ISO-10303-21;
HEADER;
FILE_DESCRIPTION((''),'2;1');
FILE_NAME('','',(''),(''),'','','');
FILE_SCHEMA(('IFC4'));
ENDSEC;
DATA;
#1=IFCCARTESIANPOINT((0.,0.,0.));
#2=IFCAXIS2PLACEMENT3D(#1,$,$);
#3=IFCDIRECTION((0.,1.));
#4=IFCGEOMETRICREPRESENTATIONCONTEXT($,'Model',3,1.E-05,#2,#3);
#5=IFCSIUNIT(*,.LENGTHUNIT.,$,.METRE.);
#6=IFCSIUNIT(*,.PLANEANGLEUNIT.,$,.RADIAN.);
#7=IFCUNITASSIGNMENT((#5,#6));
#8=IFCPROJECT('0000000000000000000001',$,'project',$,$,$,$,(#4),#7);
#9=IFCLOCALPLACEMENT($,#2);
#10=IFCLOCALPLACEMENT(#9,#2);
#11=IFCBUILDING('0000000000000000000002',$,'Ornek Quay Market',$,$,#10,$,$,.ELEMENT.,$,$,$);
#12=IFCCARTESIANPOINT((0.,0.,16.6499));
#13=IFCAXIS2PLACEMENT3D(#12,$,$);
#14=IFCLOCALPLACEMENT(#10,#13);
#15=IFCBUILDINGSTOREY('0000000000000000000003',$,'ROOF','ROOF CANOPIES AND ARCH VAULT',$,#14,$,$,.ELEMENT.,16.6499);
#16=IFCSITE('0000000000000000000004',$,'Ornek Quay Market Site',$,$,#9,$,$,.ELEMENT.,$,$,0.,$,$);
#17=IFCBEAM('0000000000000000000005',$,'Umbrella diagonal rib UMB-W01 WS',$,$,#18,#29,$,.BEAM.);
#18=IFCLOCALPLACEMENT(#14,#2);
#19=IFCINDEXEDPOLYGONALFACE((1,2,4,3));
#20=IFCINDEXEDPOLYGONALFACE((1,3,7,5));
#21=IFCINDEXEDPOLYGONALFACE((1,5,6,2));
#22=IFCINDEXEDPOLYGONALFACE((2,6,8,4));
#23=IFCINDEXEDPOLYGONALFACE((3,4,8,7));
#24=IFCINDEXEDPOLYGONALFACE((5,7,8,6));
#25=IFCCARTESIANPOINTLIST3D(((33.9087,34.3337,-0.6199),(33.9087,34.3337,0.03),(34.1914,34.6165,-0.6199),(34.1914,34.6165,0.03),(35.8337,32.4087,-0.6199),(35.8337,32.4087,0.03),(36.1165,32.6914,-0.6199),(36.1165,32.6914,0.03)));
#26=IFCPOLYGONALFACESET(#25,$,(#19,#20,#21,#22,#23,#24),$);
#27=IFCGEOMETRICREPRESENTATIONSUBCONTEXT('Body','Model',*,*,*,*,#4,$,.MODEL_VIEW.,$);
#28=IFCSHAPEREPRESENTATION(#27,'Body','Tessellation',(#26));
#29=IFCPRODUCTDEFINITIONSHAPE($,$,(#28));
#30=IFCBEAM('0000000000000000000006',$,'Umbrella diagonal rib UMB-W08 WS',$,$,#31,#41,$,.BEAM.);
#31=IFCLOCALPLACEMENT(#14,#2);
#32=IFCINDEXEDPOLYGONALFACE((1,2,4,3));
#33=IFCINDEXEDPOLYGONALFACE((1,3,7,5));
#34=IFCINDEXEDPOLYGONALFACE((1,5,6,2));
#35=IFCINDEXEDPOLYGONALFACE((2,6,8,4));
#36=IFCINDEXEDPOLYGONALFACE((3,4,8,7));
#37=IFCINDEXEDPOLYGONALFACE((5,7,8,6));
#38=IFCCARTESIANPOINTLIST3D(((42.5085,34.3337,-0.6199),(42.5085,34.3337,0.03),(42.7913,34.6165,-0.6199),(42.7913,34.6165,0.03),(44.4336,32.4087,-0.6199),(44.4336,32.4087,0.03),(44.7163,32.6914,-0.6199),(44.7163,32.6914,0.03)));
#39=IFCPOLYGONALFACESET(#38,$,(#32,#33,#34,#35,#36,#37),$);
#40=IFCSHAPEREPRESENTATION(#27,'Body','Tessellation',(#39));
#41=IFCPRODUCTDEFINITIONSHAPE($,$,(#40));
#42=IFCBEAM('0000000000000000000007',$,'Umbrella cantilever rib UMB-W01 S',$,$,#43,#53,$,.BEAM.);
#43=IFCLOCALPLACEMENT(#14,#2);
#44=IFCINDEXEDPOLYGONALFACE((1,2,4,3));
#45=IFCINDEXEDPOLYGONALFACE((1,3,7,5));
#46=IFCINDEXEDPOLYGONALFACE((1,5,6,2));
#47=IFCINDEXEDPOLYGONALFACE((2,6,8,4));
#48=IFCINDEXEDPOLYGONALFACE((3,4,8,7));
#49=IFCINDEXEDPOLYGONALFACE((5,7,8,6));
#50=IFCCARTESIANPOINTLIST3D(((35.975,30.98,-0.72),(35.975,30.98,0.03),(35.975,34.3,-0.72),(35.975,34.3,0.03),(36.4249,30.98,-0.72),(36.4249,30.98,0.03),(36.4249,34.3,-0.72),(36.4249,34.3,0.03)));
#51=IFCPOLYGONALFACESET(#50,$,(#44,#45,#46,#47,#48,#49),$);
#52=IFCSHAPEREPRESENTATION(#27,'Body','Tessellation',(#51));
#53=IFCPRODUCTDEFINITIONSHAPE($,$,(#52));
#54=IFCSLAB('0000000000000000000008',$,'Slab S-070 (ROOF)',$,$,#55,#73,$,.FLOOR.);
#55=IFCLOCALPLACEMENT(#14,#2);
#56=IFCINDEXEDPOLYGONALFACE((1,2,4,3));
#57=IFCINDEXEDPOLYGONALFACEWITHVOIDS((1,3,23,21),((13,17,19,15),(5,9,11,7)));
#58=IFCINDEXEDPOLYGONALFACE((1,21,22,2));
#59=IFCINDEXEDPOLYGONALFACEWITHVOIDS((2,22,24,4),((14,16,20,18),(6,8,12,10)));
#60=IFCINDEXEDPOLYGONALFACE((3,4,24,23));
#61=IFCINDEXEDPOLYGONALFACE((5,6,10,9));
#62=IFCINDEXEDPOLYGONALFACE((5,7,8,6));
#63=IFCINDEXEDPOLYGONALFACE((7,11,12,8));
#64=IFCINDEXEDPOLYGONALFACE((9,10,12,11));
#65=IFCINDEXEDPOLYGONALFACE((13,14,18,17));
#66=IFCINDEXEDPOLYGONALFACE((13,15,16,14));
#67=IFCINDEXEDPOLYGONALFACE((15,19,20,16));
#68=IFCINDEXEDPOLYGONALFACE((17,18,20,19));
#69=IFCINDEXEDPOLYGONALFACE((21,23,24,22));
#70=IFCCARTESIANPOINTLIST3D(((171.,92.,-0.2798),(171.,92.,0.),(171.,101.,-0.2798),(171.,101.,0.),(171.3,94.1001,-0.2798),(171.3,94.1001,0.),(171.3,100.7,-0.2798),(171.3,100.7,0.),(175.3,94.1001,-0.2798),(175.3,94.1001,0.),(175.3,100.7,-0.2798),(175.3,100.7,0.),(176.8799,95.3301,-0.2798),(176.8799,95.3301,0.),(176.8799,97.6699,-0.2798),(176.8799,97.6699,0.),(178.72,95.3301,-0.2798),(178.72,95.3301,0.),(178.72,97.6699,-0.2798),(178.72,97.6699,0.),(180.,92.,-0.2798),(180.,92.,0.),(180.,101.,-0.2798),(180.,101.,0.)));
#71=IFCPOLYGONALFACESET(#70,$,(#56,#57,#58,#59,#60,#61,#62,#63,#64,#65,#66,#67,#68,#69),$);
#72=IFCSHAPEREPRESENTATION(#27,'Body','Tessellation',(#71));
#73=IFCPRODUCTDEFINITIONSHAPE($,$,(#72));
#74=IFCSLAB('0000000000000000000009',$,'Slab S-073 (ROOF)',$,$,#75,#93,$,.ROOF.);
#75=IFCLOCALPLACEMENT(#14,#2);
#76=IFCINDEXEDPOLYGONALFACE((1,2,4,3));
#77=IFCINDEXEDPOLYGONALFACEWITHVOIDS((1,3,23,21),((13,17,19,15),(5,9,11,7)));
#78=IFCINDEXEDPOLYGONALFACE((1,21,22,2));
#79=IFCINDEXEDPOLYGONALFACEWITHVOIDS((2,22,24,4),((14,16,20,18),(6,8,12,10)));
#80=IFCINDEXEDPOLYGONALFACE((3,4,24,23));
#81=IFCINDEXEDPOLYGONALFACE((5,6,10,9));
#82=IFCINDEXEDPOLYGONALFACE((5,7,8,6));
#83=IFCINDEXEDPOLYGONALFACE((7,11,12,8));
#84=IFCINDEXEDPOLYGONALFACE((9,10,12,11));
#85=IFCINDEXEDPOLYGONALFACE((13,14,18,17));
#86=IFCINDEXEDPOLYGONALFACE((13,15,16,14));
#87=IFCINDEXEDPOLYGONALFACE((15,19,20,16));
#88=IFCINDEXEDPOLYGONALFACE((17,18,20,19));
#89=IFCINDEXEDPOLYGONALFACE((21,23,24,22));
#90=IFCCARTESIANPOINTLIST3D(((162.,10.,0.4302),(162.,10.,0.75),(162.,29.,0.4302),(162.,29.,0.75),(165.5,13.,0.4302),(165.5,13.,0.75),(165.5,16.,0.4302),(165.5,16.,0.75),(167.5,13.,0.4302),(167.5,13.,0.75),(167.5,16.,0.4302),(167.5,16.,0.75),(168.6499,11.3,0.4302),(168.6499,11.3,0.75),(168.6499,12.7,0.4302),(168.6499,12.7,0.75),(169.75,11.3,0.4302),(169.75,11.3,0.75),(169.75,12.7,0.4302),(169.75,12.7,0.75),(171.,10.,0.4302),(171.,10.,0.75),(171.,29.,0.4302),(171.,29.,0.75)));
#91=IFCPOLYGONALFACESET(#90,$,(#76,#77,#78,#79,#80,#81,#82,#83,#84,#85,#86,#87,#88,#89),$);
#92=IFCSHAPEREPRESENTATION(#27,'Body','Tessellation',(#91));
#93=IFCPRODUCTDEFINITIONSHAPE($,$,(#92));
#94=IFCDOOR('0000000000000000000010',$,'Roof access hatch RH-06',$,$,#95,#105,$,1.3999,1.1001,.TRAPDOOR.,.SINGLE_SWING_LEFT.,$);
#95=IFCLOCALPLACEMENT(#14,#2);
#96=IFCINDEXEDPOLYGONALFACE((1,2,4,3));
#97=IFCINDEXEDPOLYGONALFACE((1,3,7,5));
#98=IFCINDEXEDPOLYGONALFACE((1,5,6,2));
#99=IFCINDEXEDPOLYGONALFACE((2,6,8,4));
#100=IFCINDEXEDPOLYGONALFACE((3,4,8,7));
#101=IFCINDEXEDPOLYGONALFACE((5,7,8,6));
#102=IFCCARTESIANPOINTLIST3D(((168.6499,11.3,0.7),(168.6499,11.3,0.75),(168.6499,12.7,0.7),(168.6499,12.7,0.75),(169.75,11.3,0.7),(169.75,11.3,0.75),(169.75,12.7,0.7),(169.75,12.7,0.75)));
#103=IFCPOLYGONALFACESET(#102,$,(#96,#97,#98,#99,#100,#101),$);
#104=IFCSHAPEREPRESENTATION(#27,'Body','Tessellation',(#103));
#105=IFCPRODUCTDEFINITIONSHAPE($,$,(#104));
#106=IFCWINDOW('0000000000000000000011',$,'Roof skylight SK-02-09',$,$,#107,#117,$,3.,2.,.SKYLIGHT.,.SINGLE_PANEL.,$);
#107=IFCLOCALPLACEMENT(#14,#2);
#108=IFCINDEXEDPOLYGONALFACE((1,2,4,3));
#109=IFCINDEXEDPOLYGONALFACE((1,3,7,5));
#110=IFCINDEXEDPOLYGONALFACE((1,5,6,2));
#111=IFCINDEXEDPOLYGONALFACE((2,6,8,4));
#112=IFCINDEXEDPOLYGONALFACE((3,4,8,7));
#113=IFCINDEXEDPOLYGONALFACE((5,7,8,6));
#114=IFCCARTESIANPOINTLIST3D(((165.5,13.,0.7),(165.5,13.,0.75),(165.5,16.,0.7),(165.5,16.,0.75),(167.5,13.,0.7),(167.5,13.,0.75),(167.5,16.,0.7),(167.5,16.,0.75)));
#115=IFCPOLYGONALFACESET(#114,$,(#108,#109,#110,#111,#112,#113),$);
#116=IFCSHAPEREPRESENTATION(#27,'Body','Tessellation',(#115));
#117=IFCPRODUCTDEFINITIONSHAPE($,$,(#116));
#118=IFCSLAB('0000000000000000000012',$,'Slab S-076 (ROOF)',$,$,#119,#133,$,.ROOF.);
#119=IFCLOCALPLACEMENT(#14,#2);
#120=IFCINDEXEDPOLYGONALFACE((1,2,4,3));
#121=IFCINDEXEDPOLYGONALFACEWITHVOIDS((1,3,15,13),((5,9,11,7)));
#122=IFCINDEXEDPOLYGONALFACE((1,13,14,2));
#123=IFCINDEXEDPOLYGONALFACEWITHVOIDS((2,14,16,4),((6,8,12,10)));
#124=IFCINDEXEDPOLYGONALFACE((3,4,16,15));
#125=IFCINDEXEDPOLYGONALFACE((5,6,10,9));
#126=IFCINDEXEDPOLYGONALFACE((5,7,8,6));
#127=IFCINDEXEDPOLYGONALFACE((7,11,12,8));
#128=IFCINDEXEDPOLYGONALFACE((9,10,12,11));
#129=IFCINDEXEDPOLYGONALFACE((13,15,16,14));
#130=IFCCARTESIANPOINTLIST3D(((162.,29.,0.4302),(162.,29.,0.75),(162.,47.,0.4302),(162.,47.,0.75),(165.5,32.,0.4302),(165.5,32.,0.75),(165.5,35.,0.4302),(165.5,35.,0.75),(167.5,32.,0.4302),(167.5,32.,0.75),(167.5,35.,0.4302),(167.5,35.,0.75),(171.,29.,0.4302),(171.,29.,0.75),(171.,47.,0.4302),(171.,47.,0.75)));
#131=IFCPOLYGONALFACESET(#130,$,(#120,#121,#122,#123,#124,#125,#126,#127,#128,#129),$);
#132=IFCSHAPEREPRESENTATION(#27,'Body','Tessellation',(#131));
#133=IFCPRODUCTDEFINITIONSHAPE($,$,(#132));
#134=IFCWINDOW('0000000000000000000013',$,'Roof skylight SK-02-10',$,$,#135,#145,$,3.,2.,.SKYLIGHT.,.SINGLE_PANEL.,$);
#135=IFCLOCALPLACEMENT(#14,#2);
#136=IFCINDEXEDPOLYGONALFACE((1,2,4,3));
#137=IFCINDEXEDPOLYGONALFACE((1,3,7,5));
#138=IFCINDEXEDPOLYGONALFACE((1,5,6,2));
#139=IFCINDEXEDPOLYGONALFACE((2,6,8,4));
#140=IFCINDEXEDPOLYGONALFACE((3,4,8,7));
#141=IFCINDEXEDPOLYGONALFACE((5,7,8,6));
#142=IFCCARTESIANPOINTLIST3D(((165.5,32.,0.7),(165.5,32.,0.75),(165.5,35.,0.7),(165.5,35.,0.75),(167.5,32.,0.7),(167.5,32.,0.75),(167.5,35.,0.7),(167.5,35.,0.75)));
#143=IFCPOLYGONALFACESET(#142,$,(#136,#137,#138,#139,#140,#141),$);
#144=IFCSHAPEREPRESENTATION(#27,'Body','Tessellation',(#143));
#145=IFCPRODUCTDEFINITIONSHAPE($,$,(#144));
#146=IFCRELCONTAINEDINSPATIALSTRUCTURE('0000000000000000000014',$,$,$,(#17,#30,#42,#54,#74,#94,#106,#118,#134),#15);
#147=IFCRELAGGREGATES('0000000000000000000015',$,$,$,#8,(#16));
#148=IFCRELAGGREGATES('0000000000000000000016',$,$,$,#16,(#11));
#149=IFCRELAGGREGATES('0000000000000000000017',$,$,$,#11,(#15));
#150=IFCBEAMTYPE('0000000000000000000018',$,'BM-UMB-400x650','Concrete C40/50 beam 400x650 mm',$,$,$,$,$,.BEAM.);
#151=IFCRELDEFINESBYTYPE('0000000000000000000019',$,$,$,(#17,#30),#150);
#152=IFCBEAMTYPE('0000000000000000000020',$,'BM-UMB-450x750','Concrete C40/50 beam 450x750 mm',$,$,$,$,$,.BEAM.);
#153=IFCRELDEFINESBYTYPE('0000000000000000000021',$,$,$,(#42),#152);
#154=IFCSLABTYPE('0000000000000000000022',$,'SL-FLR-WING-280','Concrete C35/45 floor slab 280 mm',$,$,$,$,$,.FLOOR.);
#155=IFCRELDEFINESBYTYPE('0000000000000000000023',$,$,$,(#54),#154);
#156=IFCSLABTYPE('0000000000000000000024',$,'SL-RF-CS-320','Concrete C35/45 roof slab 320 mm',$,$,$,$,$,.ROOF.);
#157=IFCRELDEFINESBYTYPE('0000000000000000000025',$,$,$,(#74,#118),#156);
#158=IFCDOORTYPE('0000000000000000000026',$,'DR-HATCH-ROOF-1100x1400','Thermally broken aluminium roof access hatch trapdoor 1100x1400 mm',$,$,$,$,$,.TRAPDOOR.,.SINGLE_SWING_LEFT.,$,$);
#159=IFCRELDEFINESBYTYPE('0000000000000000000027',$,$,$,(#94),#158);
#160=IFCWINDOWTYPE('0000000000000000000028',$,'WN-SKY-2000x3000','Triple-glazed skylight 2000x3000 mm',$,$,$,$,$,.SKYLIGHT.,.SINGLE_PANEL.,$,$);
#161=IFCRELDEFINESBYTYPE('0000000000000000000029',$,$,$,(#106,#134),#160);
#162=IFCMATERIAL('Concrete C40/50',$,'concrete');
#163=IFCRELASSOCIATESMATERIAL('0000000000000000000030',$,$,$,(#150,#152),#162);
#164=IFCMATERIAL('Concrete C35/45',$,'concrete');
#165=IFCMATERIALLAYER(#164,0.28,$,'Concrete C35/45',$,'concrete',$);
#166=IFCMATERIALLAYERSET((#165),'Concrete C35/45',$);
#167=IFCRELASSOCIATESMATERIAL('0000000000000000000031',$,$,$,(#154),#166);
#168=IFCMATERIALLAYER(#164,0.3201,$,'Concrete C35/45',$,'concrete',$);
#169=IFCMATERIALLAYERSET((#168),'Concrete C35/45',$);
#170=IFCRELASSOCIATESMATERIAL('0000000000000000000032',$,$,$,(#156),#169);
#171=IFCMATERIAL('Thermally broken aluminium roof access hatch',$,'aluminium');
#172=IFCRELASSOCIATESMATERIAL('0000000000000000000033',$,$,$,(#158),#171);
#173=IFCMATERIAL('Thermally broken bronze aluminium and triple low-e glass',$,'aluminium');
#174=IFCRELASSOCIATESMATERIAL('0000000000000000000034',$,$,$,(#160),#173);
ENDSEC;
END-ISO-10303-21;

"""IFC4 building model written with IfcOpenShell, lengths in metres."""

from ifc_helpers import new_model, si_unit, direction, frame, origin, origin_2d, place, context, subcontext, project, spatial, polyline, rectangle, outline, extrude, material, layer, layer_set, material_profile, profile_set, type_object, element, fill, save


model = new_model("IFC4")

# Units and contexts
model_context = context("Model", 3, precision=1e-05, world=origin(), true_north=direction((0.0, 1.0)))
body_context = subcontext(model_context, "Body", "Model", "MODEL_VIEW")
ifc_project = project(units=[si_unit("LENGTHUNIT", "METRE"), si_unit("PLANEANGLEUNIT", "RADIAN")], contexts=[model_context])

# Site, building, storey
site_placement = place(None, origin())
site = spatial("IfcSite", under=ifc_project, at=site_placement, Name="Ornek Quay Market Site", CompositionType="ELEMENT", RefElevation=0.0)
building_placement = place(site_placement, origin())
building = spatial("IfcBuilding", under=site, at=building_placement, Name="Ornek Quay Market", CompositionType="ELEMENT")
storey_placement = place(building_placement, frame((0.0, 0.0, 16.6499)))
storey = spatial("IfcBuildingStorey", under=building, at=storey_placement, Name="ROOF", Description="ROOF CANOPIES AND ARCH VAULT", CompositionType="ELEMENT", Elevation=16.6499)

# Beams
ifc_material_1 = material(Name="Concrete C40/50", Category="concrete")
ifc_material_profile_1 = material_profile(ifc_material_1, rectangle(XDim=0.3999, YDim=0.6499, at=origin_2d()), Name="RC 400x650", Category="concrete")
ifc_profile_set_1 = profile_set([ifc_material_profile_1], Name="Concrete C40/50")
beam_type_1 = type_object("IfcBeamType", Name="BM-UMB-400x650", Description="Concrete C40/50 beam 400x650 mm", PredefinedType="BEAM", material=ifc_profile_set_1)
for number, where, z_axis, x_axis, name in (
    (1, (34.05, 34.4751, -0.2949), (0.707107, -0.707107, 0.0), (0.707107, 0.707107, 0.0), "Umbrella diagonal rib UMB-W01 WS"),
    (2, (42.6499, 34.4751, -0.2949), (0.707107, -0.707107, 0.0), (0.707107, 0.707107, 0.0), "Umbrella diagonal rib UMB-W08 WS"),
):
    element("IfcBeam", number, at=place(storey_placement, frame(where, z_axis=z_axis, x_axis=x_axis)), inside=storey, type_object=beam_type_1, Name=name, PredefinedType="BEAM", context=body_context, shape_type="SweptSolid", body=[
        extrude(rectangle(XDim=0.3999, YDim=0.6499, at=origin_2d()), origin(), (0.0, 0.0, 1.0), 2.7224),
    ])
ifc_material_profile_2 = material_profile(ifc_material_1, rectangle(XDim=0.45, YDim=0.75, at=origin_2d()), Name="RC 450x750", Category="concrete")
ifc_profile_set_2 = profile_set([ifc_material_profile_2], Name="Concrete C40/50")
beam_type_2 = type_object("IfcBeamType", Name="BM-UMB-450x750", Description="Concrete C40/50 beam 450x750 mm", PredefinedType="BEAM", material=ifc_profile_set_2)
beam_placement = place(storey_placement, frame((36.2, 34.3, -0.345), z_axis=(0.0, -1.0, 0.0), x_axis=(1.0, 0.0, 0.0)))
element("IfcBeam", 3, at=beam_placement, inside=storey, type_object=beam_type_2, Name="Umbrella cantilever rib UMB-W01 S", PredefinedType="BEAM", context=body_context, shape_type="SweptSolid", body=[
    extrude(rectangle(XDim=0.45, YDim=0.75, at=origin_2d()), origin(), (0.0, 0.0, 1.0), 3.3201),
])

# Slab
ifc_material_2 = material(Name="Concrete C35/45", Category="concrete")
ifc_layer_1 = layer(ifc_material_2, 0.28, Name="Concrete C35/45", Category="concrete")
ifc_layer_set_1 = layer_set([ifc_layer_1], Name="Concrete C35/45")
slab_type_1 = type_object("IfcSlabType", Name="SL-FLR-WING-280", Description="Concrete C35/45 floor slab 280 mm", PredefinedType="FLOOR", material=ifc_layer_set_1)
slab_1_placement = place(storey_placement, frame((0.0, 0.0, -0.2798)))
element("IfcSlab", 4, at=slab_1_placement, inside=storey, type_object=slab_type_1, Name="Slab S-070 (ROOF)", PredefinedType="FLOOR", context=body_context, shape_type="SweptSolid", body=[
    extrude(outline(polyline([(171.0, 92.0), (180.0, 92.0), (180.0, 101.0), (171.0, 101.0), (171.0, 92.0)]), holes=[polyline([(178.72, 97.6699), (178.72, 95.3301), (176.8799, 95.3301), (176.8799, 97.6699), (178.72, 97.6699)]), polyline([(175.3, 100.7), (175.3, 94.1001), (171.3, 94.1001), (171.3, 100.7), (175.3, 100.7)])]), origin(), (0.0, 0.0, 1.0), 0.2798),
])

# Slab, openings, door, window
ifc_layer_2 = layer(ifc_material_2, 0.3201, Name="Concrete C35/45", Category="concrete")
ifc_layer_set_2 = layer_set([ifc_layer_2], Name="Concrete C35/45")
slab_type_2 = type_object("IfcSlabType", Name="SL-RF-CS-320", Description="Concrete C35/45 roof slab 320 mm", PredefinedType="ROOF", material=ifc_layer_set_2)
slab_2_placement = place(storey_placement, frame((0.0, 0.0, 0.4302)))
slab_2 = element("IfcSlab", 5, at=slab_2_placement, inside=storey, type_object=slab_type_2, Name="Slab S-073 (ROOF)", PredefinedType="ROOF", context=body_context, shape_type="SweptSolid", body=[
    extrude(outline(polyline([(162.0, 10.0), (171.0, 10.0), (171.0, 29.0), (162.0, 29.0), (162.0, 10.0)]), holes=[polyline([(165.5, 16.0), (167.5, 16.0), (167.5, 13.0), (165.5, 13.0), (165.5, 16.0)]), polyline([(168.6499, 11.3), (169.75, 11.3), (169.75, 12.7), (168.6499, 12.7), (168.6499, 11.3)])]), origin(), (0.0, 0.0, 1.0), 0.3198),
])
opening_1_placement = place(slab_2_placement, frame((166.5, 14.5, -0.01)))
opening_1 = element("IfcOpeningElement", 6, at=opening_1_placement, cuts=slab_2, PredefinedType="OPENING", context=body_context, shape_type="SweptSolid", body=[
    extrude(rectangle(XDim=2.0, YDim=3.0, at=origin_2d()), origin(), (0.0, 0.0, 1.0), 0.3398),
])
opening_2_placement = place(slab_2_placement, frame((169.2, 12.0, -0.01)))
opening_2 = element("IfcOpeningElement", 7, at=opening_2_placement, cuts=slab_2, PredefinedType="OPENING", context=body_context, shape_type="SweptSolid", body=[
    extrude(rectangle(XDim=1.1001, YDim=1.3999, at=origin_2d()), origin(), (0.0, 0.0, 1.0), 0.3398),
])
ifc_material_3 = material(Name="Thermally broken aluminium roof access hatch", Category="aluminium")
door_type = type_object("IfcDoorType", Name="DR-HATCH-ROOF-1100x1400", Description="Thermally broken aluminium roof access hatch trapdoor 1100x1400 mm", OperationType="SINGLE_SWING_LEFT", PredefinedType="TRAPDOOR", material=ifc_material_3)
door_1_placement = place(opening_2_placement, frame((0.0, 0.0, 0.2798)))
door_1 = element("IfcDoor", 8, at=door_1_placement, inside=storey, type_object=door_type, Name="Roof access hatch RH-06", OperationType="SINGLE_SWING_LEFT", OverallHeight=1.3999, OverallWidth=1.1001, PredefinedType="TRAPDOOR", context=body_context, shape_type="SweptSolid", body=[
    extrude(rectangle(XDim=1.1001, YDim=1.3999, at=origin_2d()), origin(), (0.0, 0.0, 1.0), 0.05),
])
fill(opening_2, door_1)
ifc_material_4 = material(Name="Thermally broken bronze aluminium and triple low-e glass", Category="aluminium")
window_type_1 = type_object("IfcWindowType", Name="WN-SKY-2000x3000", Description="Triple-glazed skylight 2000x3000 mm", PartitioningType="SINGLE_PANEL", PredefinedType="SKYLIGHT", material=ifc_material_4)
window_1_placement = place(opening_1_placement, frame((0.0, 0.0, 0.2798)))
window_1 = element("IfcWindow", 9, at=window_1_placement, inside=storey, type_object=window_type_1, Name="Roof skylight SK-02-09", OverallHeight=3.0, OverallWidth=2.0, PartitioningType="SINGLE_PANEL", PredefinedType="SKYLIGHT", context=body_context, shape_type="SweptSolid", body=[
    extrude(rectangle(XDim=2.0, YDim=3.0, at=origin_2d()), origin(), (0.0, 0.0, 1.0), 0.05),
])
fill(opening_1, window_1)

# Slab, opening, window
slab_3_placement = place(storey_placement, frame((0.0, 0.0, 0.4302)))
slab_3 = element("IfcSlab", 10, at=slab_3_placement, inside=storey, type_object=slab_type_2, Name="Slab S-076 (ROOF)", PredefinedType="ROOF", context=body_context, shape_type="SweptSolid", body=[
    extrude(outline(polyline([(162.0, 29.0), (171.0, 29.0), (171.0, 47.0), (162.0, 47.0), (162.0, 29.0)]), holes=[polyline([(165.5, 35.0), (167.5, 35.0), (167.5, 32.0), (165.5, 32.0), (165.5, 35.0)])]), origin(), (0.0, 0.0, 1.0), 0.3198),
])
opening_3_placement = place(slab_3_placement, frame((166.5, 33.5, -0.01)))
opening_3 = element("IfcOpeningElement", 11, at=opening_3_placement, cuts=slab_3, PredefinedType="OPENING", context=body_context, shape_type="SweptSolid", body=[
    extrude(rectangle(XDim=2.0, YDim=3.0, at=origin_2d()), origin(), (0.0, 0.0, 1.0), 0.3398),
])
window_2_placement = place(opening_3_placement, frame((0.0, 0.0, 0.2798)))
window_2 = element("IfcWindow", 12, at=window_2_placement, inside=storey, type_object=window_type_1, Name="Roof skylight SK-02-10", OverallHeight=3.0, OverallWidth=2.0, PartitioningType="SINGLE_PANEL", PredefinedType="SKYLIGHT", context=body_context, shape_type="SweptSolid", body=[
    extrude(rectangle(XDim=2.0, YDim=3.0, at=origin_2d()), origin(), (0.0, 0.0, 1.0), 0.05),
])
fill(opening_3, window_2)

save(model, "model.ifc")
